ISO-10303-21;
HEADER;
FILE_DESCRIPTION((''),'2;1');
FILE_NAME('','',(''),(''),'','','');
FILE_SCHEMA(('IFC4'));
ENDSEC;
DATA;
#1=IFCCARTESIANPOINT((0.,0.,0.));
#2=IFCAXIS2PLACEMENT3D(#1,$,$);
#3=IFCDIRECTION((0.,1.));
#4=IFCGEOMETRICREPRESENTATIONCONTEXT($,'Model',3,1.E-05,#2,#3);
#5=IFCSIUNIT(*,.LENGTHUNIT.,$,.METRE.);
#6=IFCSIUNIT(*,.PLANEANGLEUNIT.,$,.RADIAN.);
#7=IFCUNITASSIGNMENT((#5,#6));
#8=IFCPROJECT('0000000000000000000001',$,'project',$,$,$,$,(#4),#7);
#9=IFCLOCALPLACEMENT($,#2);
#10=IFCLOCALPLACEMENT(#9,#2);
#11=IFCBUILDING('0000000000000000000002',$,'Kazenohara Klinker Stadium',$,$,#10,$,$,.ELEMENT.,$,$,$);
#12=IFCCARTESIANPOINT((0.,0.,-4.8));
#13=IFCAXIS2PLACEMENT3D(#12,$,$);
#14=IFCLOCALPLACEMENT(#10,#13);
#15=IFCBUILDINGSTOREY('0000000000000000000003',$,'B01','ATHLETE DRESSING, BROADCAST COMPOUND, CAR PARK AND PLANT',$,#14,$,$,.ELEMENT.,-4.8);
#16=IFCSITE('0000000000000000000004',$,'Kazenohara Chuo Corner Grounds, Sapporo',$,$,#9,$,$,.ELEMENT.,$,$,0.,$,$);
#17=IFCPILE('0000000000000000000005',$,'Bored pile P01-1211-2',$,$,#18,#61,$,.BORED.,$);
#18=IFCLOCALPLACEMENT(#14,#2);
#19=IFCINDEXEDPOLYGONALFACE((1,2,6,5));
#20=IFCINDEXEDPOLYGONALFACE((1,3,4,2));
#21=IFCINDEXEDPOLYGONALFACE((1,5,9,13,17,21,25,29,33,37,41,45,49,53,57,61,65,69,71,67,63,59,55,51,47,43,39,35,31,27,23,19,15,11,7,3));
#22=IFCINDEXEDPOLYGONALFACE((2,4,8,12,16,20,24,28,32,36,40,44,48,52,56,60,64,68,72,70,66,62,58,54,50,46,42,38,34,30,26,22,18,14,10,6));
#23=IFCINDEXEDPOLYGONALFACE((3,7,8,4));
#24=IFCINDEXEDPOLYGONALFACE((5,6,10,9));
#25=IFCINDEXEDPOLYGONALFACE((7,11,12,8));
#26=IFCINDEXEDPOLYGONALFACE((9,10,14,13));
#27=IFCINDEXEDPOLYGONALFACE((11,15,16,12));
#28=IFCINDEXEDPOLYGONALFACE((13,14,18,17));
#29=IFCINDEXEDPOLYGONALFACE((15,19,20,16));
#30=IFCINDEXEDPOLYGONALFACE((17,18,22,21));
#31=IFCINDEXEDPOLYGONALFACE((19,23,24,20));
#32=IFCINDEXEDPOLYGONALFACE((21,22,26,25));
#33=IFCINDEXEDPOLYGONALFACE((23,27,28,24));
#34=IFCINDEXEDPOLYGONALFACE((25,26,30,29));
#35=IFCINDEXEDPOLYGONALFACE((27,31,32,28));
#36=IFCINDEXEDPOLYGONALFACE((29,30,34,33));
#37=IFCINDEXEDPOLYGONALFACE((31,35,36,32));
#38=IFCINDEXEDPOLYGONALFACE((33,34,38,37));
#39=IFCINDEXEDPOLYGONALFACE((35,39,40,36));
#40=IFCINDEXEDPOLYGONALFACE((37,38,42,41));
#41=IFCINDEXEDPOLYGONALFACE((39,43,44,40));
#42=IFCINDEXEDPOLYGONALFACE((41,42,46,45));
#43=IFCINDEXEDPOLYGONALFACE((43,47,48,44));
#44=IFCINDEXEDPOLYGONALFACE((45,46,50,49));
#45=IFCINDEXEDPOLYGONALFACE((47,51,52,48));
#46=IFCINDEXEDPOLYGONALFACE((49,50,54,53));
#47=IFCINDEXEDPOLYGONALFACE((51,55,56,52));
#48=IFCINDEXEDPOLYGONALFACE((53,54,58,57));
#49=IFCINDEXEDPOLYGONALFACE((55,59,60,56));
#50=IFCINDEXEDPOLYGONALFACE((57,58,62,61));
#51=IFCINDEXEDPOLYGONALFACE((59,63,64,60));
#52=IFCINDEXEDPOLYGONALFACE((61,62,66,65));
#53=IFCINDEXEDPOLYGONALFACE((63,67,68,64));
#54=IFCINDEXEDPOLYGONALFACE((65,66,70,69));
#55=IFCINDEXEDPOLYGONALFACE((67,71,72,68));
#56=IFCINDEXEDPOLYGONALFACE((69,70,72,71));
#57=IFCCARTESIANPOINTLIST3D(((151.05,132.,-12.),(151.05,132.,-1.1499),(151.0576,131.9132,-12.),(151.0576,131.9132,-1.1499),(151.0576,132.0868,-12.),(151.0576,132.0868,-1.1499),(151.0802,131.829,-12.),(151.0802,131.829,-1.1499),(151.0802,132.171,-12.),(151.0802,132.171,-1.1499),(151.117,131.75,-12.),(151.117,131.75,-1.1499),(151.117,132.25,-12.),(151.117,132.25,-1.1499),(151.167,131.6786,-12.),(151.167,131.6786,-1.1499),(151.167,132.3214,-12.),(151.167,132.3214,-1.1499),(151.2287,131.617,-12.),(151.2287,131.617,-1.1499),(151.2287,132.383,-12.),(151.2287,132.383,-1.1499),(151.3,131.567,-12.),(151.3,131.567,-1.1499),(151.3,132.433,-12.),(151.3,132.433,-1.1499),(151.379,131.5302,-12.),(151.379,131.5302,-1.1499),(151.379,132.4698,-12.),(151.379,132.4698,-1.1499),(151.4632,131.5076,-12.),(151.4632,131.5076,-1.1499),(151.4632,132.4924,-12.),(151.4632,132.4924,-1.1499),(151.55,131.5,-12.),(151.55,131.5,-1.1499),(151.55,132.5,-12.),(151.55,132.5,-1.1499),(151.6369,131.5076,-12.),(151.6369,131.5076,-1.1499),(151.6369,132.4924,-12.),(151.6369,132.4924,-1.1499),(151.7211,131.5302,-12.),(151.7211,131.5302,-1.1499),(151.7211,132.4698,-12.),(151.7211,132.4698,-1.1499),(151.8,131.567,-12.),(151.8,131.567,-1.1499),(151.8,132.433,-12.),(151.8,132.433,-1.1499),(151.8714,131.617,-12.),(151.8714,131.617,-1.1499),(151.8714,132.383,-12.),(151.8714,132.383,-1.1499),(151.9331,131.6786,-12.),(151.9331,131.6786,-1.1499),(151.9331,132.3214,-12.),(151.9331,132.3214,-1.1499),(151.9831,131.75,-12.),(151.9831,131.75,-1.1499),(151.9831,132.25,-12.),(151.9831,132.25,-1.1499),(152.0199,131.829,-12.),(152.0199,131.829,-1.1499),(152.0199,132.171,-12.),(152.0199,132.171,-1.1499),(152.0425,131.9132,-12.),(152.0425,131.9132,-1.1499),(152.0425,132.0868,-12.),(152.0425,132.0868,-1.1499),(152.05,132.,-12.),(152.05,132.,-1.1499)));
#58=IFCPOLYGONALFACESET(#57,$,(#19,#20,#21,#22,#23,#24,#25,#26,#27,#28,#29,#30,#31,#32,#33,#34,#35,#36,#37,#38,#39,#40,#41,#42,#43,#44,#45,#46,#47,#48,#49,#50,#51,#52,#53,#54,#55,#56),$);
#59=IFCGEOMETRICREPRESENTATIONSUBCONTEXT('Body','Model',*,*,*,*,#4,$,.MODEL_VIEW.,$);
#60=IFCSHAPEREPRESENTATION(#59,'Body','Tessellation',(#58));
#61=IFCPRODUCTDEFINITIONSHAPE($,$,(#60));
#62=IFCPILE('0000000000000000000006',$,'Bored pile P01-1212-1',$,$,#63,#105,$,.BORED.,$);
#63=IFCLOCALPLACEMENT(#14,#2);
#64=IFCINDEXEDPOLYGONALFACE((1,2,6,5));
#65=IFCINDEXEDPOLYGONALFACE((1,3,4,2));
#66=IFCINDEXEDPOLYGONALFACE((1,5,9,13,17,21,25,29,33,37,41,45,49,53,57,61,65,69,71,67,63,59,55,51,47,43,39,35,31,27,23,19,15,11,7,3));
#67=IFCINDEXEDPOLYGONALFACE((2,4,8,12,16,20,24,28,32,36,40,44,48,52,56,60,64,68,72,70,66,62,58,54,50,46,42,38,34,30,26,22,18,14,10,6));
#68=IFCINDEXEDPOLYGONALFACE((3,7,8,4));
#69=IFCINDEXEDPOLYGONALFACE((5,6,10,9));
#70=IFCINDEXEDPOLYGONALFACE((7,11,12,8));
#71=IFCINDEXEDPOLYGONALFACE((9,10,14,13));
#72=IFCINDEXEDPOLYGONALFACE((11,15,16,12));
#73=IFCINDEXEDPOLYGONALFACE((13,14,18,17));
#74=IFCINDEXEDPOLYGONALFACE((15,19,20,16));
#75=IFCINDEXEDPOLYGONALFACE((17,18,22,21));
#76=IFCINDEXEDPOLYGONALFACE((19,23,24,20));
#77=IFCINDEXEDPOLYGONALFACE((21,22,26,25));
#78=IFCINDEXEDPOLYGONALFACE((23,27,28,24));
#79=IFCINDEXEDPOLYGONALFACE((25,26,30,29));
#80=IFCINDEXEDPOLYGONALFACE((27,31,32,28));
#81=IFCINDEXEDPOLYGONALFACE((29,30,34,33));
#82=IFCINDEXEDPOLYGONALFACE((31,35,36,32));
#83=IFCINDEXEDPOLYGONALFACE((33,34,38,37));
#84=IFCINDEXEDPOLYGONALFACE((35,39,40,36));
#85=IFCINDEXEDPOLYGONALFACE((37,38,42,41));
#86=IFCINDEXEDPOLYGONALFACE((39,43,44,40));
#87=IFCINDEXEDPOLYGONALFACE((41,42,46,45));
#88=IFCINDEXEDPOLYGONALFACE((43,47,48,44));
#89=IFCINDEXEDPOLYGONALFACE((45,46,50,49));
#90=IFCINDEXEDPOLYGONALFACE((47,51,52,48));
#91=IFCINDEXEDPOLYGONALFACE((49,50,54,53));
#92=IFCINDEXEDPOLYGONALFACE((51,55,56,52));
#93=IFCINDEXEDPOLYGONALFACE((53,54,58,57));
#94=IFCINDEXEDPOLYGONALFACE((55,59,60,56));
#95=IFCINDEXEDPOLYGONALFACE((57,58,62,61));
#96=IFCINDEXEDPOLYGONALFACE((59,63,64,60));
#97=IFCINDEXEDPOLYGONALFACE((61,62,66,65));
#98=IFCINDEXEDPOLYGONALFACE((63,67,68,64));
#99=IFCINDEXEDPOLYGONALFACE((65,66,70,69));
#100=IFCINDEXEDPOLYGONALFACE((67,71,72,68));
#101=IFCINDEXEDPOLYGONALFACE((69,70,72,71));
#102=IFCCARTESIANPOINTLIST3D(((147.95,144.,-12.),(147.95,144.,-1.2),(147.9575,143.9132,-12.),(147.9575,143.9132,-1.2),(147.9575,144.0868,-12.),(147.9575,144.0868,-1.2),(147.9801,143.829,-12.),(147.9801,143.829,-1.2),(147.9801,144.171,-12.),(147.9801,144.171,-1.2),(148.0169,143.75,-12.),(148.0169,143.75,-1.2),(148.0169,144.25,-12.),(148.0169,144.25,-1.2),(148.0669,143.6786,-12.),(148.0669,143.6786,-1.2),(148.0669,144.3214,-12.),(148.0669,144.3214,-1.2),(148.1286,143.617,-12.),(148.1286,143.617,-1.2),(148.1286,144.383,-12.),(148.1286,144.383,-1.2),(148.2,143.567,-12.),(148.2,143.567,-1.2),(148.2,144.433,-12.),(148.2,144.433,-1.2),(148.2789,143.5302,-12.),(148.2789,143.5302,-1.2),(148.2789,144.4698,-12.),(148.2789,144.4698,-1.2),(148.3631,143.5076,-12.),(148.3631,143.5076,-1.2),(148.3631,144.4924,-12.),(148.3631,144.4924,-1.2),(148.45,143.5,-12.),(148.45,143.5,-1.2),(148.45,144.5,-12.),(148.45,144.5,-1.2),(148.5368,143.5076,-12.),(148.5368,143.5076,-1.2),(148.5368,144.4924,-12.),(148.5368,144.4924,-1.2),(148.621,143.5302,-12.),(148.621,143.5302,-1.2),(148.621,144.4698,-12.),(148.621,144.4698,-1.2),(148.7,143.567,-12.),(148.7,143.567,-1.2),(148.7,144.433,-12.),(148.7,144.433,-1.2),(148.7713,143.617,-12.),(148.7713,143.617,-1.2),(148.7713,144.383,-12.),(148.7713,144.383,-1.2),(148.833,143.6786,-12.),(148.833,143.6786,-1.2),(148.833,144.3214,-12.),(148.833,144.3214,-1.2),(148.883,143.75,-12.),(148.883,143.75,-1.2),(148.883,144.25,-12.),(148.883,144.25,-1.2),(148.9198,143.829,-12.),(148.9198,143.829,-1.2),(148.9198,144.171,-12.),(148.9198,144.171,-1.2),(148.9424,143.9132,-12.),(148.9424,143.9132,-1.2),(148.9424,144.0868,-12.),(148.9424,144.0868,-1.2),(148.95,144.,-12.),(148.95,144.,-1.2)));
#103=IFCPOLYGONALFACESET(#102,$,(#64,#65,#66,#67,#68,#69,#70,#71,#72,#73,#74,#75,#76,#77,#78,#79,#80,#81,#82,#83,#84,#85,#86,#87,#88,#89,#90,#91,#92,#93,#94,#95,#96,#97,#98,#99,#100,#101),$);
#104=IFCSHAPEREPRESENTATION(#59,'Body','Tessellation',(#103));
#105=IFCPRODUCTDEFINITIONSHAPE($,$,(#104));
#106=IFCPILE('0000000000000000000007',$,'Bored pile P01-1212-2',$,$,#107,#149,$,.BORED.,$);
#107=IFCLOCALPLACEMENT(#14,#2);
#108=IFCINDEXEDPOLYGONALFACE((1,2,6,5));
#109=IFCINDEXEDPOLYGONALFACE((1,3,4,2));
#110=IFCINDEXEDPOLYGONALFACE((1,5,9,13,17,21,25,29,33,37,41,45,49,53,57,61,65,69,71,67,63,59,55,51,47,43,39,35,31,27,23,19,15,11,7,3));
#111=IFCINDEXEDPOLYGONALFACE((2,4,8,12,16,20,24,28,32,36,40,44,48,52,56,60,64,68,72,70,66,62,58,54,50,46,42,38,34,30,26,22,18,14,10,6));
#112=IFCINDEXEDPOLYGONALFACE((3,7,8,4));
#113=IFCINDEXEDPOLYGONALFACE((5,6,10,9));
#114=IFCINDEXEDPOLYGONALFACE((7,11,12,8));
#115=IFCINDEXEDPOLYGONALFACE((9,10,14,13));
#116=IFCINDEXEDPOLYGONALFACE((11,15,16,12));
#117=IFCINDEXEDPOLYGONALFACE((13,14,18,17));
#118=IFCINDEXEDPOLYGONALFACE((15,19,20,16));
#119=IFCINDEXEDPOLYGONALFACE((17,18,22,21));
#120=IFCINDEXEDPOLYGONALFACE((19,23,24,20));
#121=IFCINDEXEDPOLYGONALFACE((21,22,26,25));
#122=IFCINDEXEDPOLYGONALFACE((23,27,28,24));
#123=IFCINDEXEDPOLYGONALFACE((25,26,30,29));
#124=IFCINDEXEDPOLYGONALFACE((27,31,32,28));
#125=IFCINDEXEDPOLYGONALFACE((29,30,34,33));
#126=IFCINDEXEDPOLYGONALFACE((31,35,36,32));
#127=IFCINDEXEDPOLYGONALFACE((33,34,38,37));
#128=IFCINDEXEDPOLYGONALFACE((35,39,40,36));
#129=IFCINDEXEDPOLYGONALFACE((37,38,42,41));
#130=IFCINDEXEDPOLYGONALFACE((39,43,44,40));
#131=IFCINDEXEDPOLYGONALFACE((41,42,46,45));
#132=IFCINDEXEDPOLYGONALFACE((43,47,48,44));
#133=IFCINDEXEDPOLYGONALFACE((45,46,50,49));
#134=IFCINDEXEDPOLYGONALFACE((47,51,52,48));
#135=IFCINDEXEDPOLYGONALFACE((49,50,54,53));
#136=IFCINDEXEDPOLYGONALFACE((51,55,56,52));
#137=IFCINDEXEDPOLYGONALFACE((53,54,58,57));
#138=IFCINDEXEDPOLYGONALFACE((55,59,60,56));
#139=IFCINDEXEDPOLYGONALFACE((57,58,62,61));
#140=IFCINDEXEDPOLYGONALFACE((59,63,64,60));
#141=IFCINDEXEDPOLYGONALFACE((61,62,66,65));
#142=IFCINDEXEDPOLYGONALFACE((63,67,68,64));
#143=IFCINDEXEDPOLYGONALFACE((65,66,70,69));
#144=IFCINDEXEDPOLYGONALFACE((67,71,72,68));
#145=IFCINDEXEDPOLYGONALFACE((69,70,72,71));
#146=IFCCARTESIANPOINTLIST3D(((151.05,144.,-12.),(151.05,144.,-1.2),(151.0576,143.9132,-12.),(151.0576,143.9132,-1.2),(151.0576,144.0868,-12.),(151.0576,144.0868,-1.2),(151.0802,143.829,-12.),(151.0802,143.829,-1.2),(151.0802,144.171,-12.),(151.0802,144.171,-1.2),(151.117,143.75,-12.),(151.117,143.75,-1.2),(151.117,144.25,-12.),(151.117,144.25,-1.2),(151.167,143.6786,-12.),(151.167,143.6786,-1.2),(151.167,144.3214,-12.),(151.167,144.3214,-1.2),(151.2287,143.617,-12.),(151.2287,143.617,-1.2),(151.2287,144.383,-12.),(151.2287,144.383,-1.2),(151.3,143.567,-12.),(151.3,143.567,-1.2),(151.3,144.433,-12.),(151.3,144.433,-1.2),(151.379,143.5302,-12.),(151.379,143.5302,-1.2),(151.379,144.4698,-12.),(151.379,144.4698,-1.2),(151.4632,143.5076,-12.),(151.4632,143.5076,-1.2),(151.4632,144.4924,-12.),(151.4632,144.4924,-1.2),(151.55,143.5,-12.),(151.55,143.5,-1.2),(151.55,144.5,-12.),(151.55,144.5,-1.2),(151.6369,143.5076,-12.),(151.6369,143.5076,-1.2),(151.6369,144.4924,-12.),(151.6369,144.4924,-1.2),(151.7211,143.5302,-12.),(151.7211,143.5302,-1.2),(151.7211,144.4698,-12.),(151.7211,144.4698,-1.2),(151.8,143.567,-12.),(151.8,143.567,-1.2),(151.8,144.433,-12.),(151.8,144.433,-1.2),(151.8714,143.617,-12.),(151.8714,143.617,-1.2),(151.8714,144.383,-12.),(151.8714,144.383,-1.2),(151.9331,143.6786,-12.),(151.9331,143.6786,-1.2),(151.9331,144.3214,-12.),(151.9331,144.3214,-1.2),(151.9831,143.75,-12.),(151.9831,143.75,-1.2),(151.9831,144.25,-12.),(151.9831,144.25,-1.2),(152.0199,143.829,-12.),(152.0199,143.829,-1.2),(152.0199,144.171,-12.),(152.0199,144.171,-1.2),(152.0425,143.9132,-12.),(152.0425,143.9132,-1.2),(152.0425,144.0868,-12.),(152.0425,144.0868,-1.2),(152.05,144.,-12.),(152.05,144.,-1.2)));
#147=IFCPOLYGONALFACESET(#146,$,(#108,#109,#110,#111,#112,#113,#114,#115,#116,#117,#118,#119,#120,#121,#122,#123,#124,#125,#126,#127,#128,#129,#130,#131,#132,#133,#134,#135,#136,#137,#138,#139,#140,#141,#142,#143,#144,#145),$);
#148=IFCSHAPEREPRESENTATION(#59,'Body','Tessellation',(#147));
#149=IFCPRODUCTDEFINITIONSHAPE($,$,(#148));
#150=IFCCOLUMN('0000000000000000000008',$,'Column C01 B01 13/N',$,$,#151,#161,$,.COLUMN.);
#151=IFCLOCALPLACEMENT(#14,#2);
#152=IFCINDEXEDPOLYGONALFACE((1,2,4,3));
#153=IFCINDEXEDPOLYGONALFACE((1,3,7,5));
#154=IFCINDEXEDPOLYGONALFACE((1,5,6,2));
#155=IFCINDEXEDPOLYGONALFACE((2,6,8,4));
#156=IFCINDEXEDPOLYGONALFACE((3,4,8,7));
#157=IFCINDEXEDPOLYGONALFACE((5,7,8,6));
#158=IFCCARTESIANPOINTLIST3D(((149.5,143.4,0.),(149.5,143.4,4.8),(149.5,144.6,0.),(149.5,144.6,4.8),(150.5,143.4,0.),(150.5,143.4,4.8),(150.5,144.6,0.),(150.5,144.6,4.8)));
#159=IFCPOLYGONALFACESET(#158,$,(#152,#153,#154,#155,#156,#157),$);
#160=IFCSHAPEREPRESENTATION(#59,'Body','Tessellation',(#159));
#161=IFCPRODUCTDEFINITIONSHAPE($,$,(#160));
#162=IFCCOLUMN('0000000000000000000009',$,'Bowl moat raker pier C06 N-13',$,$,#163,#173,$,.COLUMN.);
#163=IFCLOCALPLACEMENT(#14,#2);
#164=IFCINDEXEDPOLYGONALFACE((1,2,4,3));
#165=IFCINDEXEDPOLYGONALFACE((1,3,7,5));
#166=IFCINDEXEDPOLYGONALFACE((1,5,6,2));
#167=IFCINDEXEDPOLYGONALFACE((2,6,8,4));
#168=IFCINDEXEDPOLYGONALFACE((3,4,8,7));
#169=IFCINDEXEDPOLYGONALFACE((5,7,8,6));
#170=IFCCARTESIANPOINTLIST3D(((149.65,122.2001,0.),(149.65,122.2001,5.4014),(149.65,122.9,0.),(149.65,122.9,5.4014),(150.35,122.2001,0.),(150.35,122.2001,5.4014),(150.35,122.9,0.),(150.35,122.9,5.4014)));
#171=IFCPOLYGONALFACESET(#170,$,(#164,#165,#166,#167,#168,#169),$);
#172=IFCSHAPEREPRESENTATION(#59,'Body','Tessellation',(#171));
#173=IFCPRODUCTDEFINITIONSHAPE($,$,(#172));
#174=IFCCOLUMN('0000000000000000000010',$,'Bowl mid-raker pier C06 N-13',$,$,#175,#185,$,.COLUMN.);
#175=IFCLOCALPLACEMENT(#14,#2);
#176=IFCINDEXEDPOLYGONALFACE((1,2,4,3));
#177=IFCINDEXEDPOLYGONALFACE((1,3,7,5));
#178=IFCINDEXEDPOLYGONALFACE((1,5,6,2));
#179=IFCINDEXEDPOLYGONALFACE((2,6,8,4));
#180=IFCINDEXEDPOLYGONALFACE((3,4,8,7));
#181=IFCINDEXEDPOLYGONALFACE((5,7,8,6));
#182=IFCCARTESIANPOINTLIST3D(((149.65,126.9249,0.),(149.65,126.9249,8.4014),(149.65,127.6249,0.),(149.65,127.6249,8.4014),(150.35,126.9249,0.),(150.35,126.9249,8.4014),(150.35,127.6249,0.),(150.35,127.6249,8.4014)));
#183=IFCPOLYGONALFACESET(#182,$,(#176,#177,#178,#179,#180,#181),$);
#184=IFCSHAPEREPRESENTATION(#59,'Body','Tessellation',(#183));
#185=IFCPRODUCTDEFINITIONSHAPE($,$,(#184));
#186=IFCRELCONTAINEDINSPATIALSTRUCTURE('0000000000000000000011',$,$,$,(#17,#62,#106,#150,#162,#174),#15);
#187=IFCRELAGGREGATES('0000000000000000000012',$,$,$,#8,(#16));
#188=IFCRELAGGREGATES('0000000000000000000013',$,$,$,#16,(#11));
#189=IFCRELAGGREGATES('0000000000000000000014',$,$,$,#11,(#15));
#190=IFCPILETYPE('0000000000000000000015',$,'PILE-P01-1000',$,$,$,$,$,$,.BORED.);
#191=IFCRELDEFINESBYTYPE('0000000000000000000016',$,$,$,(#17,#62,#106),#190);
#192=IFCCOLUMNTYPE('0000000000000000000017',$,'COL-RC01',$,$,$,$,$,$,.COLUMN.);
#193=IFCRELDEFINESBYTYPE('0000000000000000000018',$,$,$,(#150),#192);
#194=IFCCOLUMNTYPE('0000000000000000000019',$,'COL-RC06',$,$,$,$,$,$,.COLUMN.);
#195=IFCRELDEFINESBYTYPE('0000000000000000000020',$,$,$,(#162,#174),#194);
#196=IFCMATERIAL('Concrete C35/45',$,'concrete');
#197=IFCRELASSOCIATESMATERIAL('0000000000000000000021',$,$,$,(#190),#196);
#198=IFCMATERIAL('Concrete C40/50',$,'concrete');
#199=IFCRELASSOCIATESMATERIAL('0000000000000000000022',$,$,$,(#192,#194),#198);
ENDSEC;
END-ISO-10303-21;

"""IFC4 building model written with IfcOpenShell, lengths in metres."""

from ifc_helpers import new_model, si_unit, direction, frame, origin, origin_2d, place, context, subcontext, project, spatial, rectangle, circle, extrude, material, material_profile, profile_set, type_object, element, save


model = new_model("IFC4")

# Units and contexts
model_context = context("Model", 3, precision=1e-05, world=origin(), true_north=direction((0.0, 1.0)))
body_context = subcontext(model_context, "Body", "Model", "MODEL_VIEW")
ifc_project = project(units=[si_unit("LENGTHUNIT", "METRE"), si_unit("PLANEANGLEUNIT", "RADIAN")], contexts=[model_context])

# Site, building, storey
site_placement = place(None, origin())
site = spatial("IfcSite", under=ifc_project, at=site_placement, Name="Kazenohara Chuo Corner Grounds, Sapporo", CompositionType="ELEMENT", RefElevation=0.0)
building_placement = place(site_placement, origin())
building = spatial("IfcBuilding", under=site, at=building_placement, Name="Kazenohara Klinker Stadium", CompositionType="ELEMENT")
storey_placement = place(building_placement, frame((0.0, 0.0, -4.8)))
storey = spatial("IfcBuildingStorey", under=building, at=storey_placement, Name="B01", Description="ATHLETE DRESSING, BROADCAST COMPOUND, CAR PARK AND PLANT", CompositionType="ELEMENT", Elevation=-4.8)

# Shared definitions
ifc_material_1 = material(Name="Concrete C35/45", Category="concrete")

# Piles
ifc_material_profile_1 = material_profile(ifc_material_1, circle(Radius=0.5, at=origin_2d()), Name="BORED-PILE-1000")
ifc_profile_set_1 = profile_set([ifc_material_profile_1], Name="Concrete C35/45")
pile_type = type_object("IfcPileType", Name="PILE-P01-1000", PredefinedType="BORED", material=ifc_profile_set_1)
for number, where, z_axis, x_axis, name in (
    (1, (151.55, 132.0, -1.1499), (0.0, 0.0, -1.0), (1.0, 0.0, 0.0), "Bored pile P01-1211-2"),
):
    element("IfcPile", number, at=place(storey_placement, frame(where, z_axis=z_axis, x_axis=x_axis)), inside=storey, type_object=pile_type, Name=name, PredefinedType="BORED", context=body_context, shape_type="SweptSolid", body=[
        extrude(circle(Radius=0.5, at=origin_2d()), origin(), (0.0, 0.0, 1.0), 10.8501),
    ])
for number, where, z_axis, x_axis, name in (
    (2, (148.45, 144.0, -1.2), (0.0, 0.0, -1.0), (1.0, 0.0, 0.0), "Bored pile P01-1212-1"),
    (3, (151.55, 144.0, -1.2), (0.0, 0.0, -1.0), (1.0, 0.0, 0.0), "Bored pile P01-1212-2"),
):
    element("IfcPile", number, at=place(storey_placement, frame(where, z_axis=z_axis, x_axis=x_axis)), inside=storey, type_object=pile_type, Name=name, PredefinedType="BORED", context=body_context, shape_type="SweptSolid", body=[
        extrude(circle(Radius=0.5, at=origin_2d()), origin(), (0.0, 0.0, 1.0), 10.8),
    ])

# Columns
ifc_material_2 = material(Name="Concrete C40/50", Category="concrete")
ifc_material_profile_2 = material_profile(ifc_material_2, rectangle(XDim=1.0, YDim=1.2, at=origin_2d()), Name="RC-COL-1200x1000")
ifc_profile_set_2 = profile_set([ifc_material_profile_2], Name="Concrete C40/50")
column_type_1 = type_object("IfcColumnType", Name="COL-RC01", PredefinedType="COLUMN", material=ifc_profile_set_2)
column_1_placement = place(storey_placement, frame((150.0, 144.0, 0.0), z_axis=(0.0, 0.0, 1.0), x_axis=(1.0, 0.0, 0.0)))
element("IfcColumn", 4, at=column_1_placement, inside=storey, type_object=column_type_1, Name="Column C01 B01 13/N", PredefinedType="COLUMN", context=body_context, shape_type="SweptSolid", body=[
    extrude(rectangle(XDim=1.0, YDim=1.2, at=origin_2d()), origin(), (0.0, 0.0, 1.0), 4.8),
])
ifc_material_profile_3 = material_profile(ifc_material_2, rectangle(XDim=0.7, YDim=0.7, at=origin_2d()), Name="RC-COL-700x700")
ifc_profile_set_3 = profile_set([ifc_material_profile_3], Name="Concrete C40/50")
column_type_2 = type_object("IfcColumnType", Name="COL-RC06", PredefinedType="COLUMN", material=ifc_profile_set_3)
column_2_placement = place(storey_placement, frame((150.0, 122.55, 0.0), z_axis=(0.0, 0.0, 1.0), x_axis=(1.0, 0.0, 0.0)))
element("IfcColumn", 5, at=column_2_placement, inside=storey, type_object=column_type_2, Name="Bowl moat raker pier C06 N-13", PredefinedType="COLUMN", context=body_context, shape_type="SweptSolid", body=[
    extrude(rectangle(XDim=0.7, YDim=0.7, at=origin_2d()), origin(), (0.0, 0.0, 1.0), 5.4014),
])
column_3_placement = place(storey_placement, frame((150.0, 127.2749, 0.0), z_axis=(0.0, 0.0, 1.0), x_axis=(1.0, 0.0, 0.0)))
element("IfcColumn", 6, at=column_3_placement, inside=storey, type_object=column_type_2, Name="Bowl mid-raker pier C06 N-13", PredefinedType="COLUMN", context=body_context, shape_type="SweptSolid", body=[
    extrude(rectangle(XDim=0.7, YDim=0.7, at=origin_2d()), origin(), (0.0, 0.0, 1.0), 8.4014),
])

save(model, "model.ifc")
